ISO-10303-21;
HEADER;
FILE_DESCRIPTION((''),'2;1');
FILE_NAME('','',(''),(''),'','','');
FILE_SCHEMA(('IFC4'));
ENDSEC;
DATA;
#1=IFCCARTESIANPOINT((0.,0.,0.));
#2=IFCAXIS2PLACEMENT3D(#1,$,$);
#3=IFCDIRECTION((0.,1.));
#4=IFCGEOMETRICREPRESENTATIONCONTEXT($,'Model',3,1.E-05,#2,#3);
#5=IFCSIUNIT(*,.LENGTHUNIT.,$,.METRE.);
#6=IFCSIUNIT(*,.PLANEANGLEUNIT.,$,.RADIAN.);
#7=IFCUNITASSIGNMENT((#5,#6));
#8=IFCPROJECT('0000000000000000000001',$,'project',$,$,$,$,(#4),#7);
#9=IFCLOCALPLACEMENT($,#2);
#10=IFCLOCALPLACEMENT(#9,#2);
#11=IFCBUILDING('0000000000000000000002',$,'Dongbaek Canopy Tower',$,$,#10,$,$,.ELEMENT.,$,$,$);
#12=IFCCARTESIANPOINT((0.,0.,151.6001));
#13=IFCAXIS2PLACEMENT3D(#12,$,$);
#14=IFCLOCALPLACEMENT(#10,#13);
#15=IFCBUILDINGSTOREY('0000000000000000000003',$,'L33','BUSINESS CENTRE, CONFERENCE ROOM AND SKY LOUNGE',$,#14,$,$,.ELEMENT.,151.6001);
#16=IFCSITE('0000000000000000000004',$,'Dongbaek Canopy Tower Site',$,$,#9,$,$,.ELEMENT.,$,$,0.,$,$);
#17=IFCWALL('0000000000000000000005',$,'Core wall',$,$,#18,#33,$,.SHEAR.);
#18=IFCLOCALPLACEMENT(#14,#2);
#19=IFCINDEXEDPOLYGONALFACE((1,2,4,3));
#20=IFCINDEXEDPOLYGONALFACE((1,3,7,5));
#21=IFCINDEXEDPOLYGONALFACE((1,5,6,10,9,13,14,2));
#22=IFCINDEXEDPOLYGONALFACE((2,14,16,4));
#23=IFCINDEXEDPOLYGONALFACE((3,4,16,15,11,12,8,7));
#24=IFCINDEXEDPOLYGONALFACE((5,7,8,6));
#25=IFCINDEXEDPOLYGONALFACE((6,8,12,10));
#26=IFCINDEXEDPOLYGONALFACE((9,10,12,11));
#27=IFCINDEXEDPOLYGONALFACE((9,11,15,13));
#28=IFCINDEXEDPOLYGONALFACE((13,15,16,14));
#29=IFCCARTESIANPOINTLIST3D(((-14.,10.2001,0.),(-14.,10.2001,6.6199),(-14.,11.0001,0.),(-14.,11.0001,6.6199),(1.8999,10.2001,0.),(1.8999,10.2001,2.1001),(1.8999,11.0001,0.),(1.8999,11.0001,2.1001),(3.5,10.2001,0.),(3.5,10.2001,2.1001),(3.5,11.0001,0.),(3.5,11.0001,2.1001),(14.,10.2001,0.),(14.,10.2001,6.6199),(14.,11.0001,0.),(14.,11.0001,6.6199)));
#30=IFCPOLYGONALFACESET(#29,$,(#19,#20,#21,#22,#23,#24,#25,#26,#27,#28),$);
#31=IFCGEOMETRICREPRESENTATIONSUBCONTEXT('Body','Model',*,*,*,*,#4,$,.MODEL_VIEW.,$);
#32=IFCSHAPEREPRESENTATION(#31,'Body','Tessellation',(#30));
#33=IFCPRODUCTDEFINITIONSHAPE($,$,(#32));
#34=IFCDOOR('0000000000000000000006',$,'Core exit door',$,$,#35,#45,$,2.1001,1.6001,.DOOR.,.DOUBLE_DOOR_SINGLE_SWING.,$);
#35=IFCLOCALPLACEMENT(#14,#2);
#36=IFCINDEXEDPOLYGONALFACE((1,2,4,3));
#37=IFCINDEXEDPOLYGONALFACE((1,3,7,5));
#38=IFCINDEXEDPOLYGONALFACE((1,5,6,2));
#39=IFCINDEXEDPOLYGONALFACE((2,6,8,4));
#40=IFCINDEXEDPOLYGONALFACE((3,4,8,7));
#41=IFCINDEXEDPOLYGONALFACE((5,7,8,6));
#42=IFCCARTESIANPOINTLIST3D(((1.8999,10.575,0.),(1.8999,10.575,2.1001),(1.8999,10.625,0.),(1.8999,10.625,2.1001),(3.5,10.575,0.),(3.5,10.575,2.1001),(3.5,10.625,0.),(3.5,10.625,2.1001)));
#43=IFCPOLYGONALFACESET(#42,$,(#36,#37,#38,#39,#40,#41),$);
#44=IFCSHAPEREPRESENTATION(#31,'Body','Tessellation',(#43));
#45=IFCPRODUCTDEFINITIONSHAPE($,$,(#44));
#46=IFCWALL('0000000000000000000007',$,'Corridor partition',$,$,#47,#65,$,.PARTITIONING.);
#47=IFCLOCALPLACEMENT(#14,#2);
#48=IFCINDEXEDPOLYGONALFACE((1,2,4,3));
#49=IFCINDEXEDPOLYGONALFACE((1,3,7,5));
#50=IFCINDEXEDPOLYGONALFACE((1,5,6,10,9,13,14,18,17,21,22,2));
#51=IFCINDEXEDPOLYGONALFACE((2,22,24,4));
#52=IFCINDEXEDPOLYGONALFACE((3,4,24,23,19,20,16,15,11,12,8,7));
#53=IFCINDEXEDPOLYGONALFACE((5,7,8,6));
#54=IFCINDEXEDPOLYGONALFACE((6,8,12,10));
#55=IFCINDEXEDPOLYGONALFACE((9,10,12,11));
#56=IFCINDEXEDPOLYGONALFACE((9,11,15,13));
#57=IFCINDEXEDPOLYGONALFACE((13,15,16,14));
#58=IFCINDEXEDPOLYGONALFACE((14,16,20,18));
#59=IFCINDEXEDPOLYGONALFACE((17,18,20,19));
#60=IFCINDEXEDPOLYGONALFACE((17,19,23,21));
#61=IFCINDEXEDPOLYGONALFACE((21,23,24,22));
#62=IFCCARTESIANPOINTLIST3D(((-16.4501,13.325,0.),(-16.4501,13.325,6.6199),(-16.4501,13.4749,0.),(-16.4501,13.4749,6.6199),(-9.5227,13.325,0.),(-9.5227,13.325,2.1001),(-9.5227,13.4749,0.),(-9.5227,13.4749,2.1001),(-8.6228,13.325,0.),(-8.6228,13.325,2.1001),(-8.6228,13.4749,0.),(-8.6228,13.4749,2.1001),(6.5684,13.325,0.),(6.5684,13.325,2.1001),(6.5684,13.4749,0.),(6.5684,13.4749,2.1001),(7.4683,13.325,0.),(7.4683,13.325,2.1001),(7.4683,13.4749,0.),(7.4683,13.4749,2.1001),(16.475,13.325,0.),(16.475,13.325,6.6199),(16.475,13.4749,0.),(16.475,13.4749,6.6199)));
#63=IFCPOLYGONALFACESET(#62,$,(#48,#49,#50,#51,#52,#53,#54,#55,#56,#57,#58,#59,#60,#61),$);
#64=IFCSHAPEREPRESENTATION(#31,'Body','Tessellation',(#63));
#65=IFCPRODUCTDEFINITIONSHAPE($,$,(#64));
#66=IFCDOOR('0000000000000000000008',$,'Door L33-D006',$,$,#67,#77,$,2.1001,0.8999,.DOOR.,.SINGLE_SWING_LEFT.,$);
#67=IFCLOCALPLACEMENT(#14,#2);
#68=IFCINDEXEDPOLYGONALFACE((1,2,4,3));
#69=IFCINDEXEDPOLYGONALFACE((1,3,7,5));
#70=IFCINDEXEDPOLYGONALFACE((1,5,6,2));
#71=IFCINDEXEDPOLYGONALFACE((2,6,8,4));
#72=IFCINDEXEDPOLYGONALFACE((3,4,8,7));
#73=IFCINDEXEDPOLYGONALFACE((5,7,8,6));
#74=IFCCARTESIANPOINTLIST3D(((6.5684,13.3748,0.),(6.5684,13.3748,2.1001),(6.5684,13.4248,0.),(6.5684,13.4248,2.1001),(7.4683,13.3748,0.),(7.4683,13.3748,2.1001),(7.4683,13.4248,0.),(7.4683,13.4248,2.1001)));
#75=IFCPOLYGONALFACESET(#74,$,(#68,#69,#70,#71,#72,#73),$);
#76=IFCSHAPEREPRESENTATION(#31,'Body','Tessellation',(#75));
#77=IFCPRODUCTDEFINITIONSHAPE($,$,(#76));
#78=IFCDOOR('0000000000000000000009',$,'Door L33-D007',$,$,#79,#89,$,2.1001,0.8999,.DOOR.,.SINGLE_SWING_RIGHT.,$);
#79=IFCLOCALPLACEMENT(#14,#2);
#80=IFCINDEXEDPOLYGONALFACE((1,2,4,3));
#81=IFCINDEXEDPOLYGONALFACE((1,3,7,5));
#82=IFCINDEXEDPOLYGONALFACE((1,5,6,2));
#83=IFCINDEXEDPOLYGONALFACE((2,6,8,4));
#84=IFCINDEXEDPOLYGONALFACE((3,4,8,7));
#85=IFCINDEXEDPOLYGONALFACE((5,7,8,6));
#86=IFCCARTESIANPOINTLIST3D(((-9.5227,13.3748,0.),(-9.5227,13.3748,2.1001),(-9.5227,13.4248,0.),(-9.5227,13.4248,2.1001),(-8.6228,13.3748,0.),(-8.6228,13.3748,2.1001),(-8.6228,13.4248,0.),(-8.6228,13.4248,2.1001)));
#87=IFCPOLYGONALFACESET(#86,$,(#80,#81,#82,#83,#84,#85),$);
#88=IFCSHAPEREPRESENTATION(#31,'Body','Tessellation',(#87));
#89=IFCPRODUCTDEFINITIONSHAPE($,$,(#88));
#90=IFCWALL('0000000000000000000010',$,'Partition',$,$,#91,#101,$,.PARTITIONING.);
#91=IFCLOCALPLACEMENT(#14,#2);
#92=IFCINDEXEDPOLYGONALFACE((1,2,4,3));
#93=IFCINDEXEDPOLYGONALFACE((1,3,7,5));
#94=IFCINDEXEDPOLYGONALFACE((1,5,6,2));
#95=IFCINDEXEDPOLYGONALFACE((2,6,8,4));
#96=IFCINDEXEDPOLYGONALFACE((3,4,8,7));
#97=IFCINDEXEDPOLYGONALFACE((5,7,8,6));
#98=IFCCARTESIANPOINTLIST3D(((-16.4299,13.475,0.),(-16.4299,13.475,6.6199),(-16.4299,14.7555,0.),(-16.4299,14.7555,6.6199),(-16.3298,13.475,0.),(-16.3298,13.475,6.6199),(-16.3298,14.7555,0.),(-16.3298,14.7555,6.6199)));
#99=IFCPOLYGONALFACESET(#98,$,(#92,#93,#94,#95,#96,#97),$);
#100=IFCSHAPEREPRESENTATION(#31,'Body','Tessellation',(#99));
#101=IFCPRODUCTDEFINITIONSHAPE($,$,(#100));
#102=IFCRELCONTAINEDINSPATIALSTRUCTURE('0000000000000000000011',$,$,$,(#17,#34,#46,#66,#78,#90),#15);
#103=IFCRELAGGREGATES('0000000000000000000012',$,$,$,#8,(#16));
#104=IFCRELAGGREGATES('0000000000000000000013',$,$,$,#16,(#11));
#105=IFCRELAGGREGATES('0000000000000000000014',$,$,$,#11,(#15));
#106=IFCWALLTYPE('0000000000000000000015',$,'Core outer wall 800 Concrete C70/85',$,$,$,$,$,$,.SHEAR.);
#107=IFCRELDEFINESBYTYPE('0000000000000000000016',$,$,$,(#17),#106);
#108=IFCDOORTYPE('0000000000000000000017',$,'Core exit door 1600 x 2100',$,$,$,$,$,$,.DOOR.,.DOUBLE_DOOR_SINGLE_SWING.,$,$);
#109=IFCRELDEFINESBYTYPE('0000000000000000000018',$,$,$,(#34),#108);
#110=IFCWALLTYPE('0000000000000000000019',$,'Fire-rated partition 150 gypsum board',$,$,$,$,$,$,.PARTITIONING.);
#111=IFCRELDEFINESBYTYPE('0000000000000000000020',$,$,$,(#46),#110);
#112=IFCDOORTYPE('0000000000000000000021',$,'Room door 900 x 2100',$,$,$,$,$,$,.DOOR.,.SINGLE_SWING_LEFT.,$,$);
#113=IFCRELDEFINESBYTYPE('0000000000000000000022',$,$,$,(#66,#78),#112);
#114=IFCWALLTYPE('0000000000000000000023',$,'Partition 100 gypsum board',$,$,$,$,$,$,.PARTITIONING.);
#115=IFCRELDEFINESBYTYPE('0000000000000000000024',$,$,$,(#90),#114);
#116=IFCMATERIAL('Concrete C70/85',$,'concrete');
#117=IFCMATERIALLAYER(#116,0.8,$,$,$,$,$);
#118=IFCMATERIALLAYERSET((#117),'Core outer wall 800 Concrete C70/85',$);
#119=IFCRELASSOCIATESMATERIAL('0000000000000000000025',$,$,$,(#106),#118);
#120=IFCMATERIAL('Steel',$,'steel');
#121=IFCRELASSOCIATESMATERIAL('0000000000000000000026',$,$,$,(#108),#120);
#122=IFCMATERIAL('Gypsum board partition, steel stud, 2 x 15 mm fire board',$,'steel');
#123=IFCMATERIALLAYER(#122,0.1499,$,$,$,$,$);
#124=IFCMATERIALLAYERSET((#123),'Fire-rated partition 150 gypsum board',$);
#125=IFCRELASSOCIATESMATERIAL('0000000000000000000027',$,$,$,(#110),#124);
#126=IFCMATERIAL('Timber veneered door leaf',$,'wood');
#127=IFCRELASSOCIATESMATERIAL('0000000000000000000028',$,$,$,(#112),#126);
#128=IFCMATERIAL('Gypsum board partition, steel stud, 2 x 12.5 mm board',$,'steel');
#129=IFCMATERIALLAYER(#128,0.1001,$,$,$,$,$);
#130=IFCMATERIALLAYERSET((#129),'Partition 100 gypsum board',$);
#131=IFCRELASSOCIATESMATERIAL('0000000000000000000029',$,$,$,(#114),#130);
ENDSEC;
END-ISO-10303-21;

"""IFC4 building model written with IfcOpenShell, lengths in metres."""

from ifc_helpers import new_model, si_unit, direction, frame, frame_2d, origin, place, context, subcontext, project, spatial, rectangle, extrude, material, layer, layer_set, type_object, element, fill, save


model = new_model("IFC4")

# Units and contexts
model_context = context("Model", 3, precision=1e-05, world=origin(), true_north=direction((0.0, 1.0)))
body_context = subcontext(model_context, "Body", "Model", "MODEL_VIEW")
ifc_project = project(units=[si_unit("LENGTHUNIT", "METRE"), si_unit("PLANEANGLEUNIT", "RADIAN")], contexts=[model_context])

# Site, building, storey
site_placement = place(None, origin())
site = spatial("IfcSite", under=ifc_project, at=site_placement, Name="Dongbaek Canopy Tower Site", CompositionType="ELEMENT", RefElevation=0.0)
building_placement = place(site_placement, origin())
building = spatial("IfcBuilding", under=site, at=building_placement, Name="Dongbaek Canopy Tower", CompositionType="ELEMENT")
storey_placement = place(building_placement, frame((0.0, 0.0, 151.6001)))
storey = spatial("IfcBuildingStorey", under=building, at=storey_placement, Name="L33", Description="BUSINESS CENTRE, CONFERENCE ROOM AND SKY LOUNGE", CompositionType="ELEMENT", Elevation=151.6001)

# Wall, opening, door
ifc_material_1 = material(Name="Concrete C70/85", Category="concrete")
ifc_layer_1 = layer(ifc_material_1, 0.8)
ifc_layer_set_1 = layer_set([ifc_layer_1], Name="Core outer wall 800 Concrete C70/85")
wall_type_1 = type_object("IfcWallType", Name="Core outer wall 800 Concrete C70/85", PredefinedType="SHEAR", material=ifc_layer_set_1)
wall_1_placement = place(storey_placement, frame((-14.0, 10.6001, 0.0), z_axis=(0.0, 0.0, 1.0), x_axis=(1.0, 0.0, 0.0)))
wall_1 = element("IfcWall", 1, at=wall_1_placement, inside=storey, type_object=wall_type_1, Name="Core wall", PredefinedType="SHEAR", context=body_context, shape_type="SweptSolid", body=[
    extrude(rectangle(XDim=28.0, YDim=0.8, at=frame_2d((14.0, 0.0))), origin(), (0.0, 0.0, 1.0), 6.6199),
])
opening_1_placement = place(wall_1_placement, frame((15.8999, 0.0, 0.0)))
opening_1 = element("IfcOpeningElement", 2, at=opening_1_placement, cuts=wall_1, PredefinedType="OPENING", context=body_context, shape_type="SweptSolid", body=[
    extrude(rectangle(XDim=1.6001, YDim=2.1001, at=frame_2d((0.8, 1.05))), frame((0.0, 0.4099, 0.0), z_axis=(0.0, -1.0, 0.0), x_axis=(1.0, 0.0, 0.0)), (0.0, 0.0, 1.0), 0.8201),
])
ifc_material_2 = material(Name="Steel", Category="steel")
door_type_1 = type_object("IfcDoorType", Name="Core exit door 1600 x 2100", OperationType="DOUBLE_DOOR_SINGLE_SWING", PredefinedType="DOOR", material=ifc_material_2)
door_1_placement = place(opening_1_placement, origin())
door_1 = element("IfcDoor", 3, at=door_1_placement, inside=storey, type_object=door_type_1, Name="Core exit door", OperationType="DOUBLE_DOOR_SINGLE_SWING", OverallHeight=2.1001, OverallWidth=1.6001, PredefinedType="DOOR", context=body_context, shape_type="SweptSolid", body=[
    extrude(rectangle(XDim=1.6001, YDim=2.1001, at=frame_2d((0.8, 1.05))), frame((0.0, 0.0249, 0.0), z_axis=(0.0, -1.0, 0.0), x_axis=(1.0, 0.0, 0.0)), (0.0, 0.0, 1.0), 0.05),
])
fill(opening_1, door_1)

# Wall, openings, doors
ifc_material_3 = material(Name="Gypsum board partition, steel stud, 2 x 15 mm fire board", Category="steel")
ifc_layer_2 = layer(ifc_material_3, 0.1499)
ifc_layer_set_2 = layer_set([ifc_layer_2], Name="Fire-rated partition 150 gypsum board")
wall_type_2 = type_object("IfcWallType", Name="Fire-rated partition 150 gypsum board", PredefinedType="PARTITIONING", material=ifc_layer_set_2)
wall_2_placement = place(storey_placement, frame((-16.45, 13.3999, 0.0), z_axis=(0.0, 0.0, 1.0), x_axis=(1.0, 0.0, 0.0)))
wall_2 = element("IfcWall", 4, at=wall_2_placement, inside=storey, type_object=wall_type_2, Name="Corridor partition", PredefinedType="PARTITIONING", context=body_context, shape_type="SweptSolid", body=[
    extrude(rectangle(XDim=32.925, YDim=0.1499, at=frame_2d((16.4624, 0.0))), origin(), (0.0, 0.0, 1.0), 6.6199),
])
opening_2_placement = place(wall_2_placement, frame((23.0183, 0.0, 0.0)))
opening_2 = element("IfcOpeningElement", 5, at=opening_2_placement, cuts=wall_2, PredefinedType="OPENING", context=body_context, shape_type="SweptSolid", body=[
    extrude(rectangle(XDim=0.8999, YDim=2.1001, at=frame_2d((0.45, 1.05))), frame((0.0, 0.085, 0.0), z_axis=(0.0, -1.0, 0.0), x_axis=(1.0, 0.0, 0.0)), (0.0, 0.0, 1.0), 0.1699),
])
opening_3_placement = place(wall_2_placement, frame((6.9272, 0.0, 0.0)))
opening_3 = element("IfcOpeningElement", 6, at=opening_3_placement, cuts=wall_2, PredefinedType="OPENING", context=body_context, shape_type="SweptSolid", body=[
    extrude(rectangle(XDim=0.8999, YDim=2.1001, at=frame_2d((0.45, 1.05))), frame((0.0, 0.085, 0.0), z_axis=(0.0, -1.0, 0.0), x_axis=(1.0, 0.0, 0.0)), (0.0, 0.0, 1.0), 0.1699),
])
ifc_material_4 = material(Name="Timber veneered door leaf", Category="wood")
door_type_2 = type_object("IfcDoorType", Name="Room door 900 x 2100", OperationType="SINGLE_SWING_LEFT", PredefinedType="DOOR", material=ifc_material_4)
door_2_placement = place(opening_2_placement, origin())
door_2 = element("IfcDoor", 7, at=door_2_placement, inside=storey, type_object=door_type_2, Name="Door L33-D006", OperationType="SINGLE_SWING_LEFT", OverallHeight=2.1001, OverallWidth=0.8999, PredefinedType="DOOR", context=body_context, shape_type="SweptSolid", body=[
    extrude(rectangle(XDim=0.8999, YDim=2.1001, at=frame_2d((0.45, 1.05))), frame((0.0, 0.0249, 0.0), z_axis=(0.0, -1.0, 0.0), x_axis=(1.0, 0.0, 0.0)), (0.0, 0.0, 1.0), 0.05),
])
fill(opening_2, door_2)
door_3_placement = place(opening_3_placement, origin())
door_3 = element("IfcDoor", 8, at=door_3_placement, inside=storey, type_object=door_type_2, Name="Door L33-D007", OperationType="SINGLE_SWING_RIGHT", OverallHeight=2.1001, OverallWidth=0.8999, PredefinedType="DOOR", context=body_context, shape_type="SweptSolid", body=[
    extrude(rectangle(XDim=0.8999, YDim=2.1001, at=frame_2d((0.45, 1.05))), frame((0.0, 0.0249, 0.0), z_axis=(0.0, -1.0, 0.0), x_axis=(1.0, 0.0, 0.0)), (0.0, 0.0, 1.0), 0.05),
])
fill(opening_3, door_3)

# Wall
ifc_material_5 = material(Name="Gypsum board partition, steel stud, 2 x 12.5 mm board", Category="steel")
ifc_layer_3 = layer(ifc_material_5, 0.1001)
ifc_layer_set_3 = layer_set([ifc_layer_3], Name="Partition 100 gypsum board")
wall_type_3 = type_object("IfcWallType", Name="Partition 100 gypsum board", PredefinedType="PARTITIONING", material=ifc_layer_set_3)
wall_3_placement = place(storey_placement, frame((-16.3799, 13.4751, 0.0), z_axis=(0.0, 0.0, 1.0), x_axis=(0.0, 1.0, 0.0)))
element("IfcWall", 9, at=wall_3_placement, inside=storey, type_object=wall_type_3, Name="Partition", PredefinedType="PARTITIONING", context=body_context, shape_type="SweptSolid", body=[
    extrude(rectangle(XDim=1.2805, YDim=0.1001, at=frame_2d((0.6401, 0.0))), origin(), (0.0, 0.0, 1.0), 6.6199),
])

save(model, "model.ifc")
